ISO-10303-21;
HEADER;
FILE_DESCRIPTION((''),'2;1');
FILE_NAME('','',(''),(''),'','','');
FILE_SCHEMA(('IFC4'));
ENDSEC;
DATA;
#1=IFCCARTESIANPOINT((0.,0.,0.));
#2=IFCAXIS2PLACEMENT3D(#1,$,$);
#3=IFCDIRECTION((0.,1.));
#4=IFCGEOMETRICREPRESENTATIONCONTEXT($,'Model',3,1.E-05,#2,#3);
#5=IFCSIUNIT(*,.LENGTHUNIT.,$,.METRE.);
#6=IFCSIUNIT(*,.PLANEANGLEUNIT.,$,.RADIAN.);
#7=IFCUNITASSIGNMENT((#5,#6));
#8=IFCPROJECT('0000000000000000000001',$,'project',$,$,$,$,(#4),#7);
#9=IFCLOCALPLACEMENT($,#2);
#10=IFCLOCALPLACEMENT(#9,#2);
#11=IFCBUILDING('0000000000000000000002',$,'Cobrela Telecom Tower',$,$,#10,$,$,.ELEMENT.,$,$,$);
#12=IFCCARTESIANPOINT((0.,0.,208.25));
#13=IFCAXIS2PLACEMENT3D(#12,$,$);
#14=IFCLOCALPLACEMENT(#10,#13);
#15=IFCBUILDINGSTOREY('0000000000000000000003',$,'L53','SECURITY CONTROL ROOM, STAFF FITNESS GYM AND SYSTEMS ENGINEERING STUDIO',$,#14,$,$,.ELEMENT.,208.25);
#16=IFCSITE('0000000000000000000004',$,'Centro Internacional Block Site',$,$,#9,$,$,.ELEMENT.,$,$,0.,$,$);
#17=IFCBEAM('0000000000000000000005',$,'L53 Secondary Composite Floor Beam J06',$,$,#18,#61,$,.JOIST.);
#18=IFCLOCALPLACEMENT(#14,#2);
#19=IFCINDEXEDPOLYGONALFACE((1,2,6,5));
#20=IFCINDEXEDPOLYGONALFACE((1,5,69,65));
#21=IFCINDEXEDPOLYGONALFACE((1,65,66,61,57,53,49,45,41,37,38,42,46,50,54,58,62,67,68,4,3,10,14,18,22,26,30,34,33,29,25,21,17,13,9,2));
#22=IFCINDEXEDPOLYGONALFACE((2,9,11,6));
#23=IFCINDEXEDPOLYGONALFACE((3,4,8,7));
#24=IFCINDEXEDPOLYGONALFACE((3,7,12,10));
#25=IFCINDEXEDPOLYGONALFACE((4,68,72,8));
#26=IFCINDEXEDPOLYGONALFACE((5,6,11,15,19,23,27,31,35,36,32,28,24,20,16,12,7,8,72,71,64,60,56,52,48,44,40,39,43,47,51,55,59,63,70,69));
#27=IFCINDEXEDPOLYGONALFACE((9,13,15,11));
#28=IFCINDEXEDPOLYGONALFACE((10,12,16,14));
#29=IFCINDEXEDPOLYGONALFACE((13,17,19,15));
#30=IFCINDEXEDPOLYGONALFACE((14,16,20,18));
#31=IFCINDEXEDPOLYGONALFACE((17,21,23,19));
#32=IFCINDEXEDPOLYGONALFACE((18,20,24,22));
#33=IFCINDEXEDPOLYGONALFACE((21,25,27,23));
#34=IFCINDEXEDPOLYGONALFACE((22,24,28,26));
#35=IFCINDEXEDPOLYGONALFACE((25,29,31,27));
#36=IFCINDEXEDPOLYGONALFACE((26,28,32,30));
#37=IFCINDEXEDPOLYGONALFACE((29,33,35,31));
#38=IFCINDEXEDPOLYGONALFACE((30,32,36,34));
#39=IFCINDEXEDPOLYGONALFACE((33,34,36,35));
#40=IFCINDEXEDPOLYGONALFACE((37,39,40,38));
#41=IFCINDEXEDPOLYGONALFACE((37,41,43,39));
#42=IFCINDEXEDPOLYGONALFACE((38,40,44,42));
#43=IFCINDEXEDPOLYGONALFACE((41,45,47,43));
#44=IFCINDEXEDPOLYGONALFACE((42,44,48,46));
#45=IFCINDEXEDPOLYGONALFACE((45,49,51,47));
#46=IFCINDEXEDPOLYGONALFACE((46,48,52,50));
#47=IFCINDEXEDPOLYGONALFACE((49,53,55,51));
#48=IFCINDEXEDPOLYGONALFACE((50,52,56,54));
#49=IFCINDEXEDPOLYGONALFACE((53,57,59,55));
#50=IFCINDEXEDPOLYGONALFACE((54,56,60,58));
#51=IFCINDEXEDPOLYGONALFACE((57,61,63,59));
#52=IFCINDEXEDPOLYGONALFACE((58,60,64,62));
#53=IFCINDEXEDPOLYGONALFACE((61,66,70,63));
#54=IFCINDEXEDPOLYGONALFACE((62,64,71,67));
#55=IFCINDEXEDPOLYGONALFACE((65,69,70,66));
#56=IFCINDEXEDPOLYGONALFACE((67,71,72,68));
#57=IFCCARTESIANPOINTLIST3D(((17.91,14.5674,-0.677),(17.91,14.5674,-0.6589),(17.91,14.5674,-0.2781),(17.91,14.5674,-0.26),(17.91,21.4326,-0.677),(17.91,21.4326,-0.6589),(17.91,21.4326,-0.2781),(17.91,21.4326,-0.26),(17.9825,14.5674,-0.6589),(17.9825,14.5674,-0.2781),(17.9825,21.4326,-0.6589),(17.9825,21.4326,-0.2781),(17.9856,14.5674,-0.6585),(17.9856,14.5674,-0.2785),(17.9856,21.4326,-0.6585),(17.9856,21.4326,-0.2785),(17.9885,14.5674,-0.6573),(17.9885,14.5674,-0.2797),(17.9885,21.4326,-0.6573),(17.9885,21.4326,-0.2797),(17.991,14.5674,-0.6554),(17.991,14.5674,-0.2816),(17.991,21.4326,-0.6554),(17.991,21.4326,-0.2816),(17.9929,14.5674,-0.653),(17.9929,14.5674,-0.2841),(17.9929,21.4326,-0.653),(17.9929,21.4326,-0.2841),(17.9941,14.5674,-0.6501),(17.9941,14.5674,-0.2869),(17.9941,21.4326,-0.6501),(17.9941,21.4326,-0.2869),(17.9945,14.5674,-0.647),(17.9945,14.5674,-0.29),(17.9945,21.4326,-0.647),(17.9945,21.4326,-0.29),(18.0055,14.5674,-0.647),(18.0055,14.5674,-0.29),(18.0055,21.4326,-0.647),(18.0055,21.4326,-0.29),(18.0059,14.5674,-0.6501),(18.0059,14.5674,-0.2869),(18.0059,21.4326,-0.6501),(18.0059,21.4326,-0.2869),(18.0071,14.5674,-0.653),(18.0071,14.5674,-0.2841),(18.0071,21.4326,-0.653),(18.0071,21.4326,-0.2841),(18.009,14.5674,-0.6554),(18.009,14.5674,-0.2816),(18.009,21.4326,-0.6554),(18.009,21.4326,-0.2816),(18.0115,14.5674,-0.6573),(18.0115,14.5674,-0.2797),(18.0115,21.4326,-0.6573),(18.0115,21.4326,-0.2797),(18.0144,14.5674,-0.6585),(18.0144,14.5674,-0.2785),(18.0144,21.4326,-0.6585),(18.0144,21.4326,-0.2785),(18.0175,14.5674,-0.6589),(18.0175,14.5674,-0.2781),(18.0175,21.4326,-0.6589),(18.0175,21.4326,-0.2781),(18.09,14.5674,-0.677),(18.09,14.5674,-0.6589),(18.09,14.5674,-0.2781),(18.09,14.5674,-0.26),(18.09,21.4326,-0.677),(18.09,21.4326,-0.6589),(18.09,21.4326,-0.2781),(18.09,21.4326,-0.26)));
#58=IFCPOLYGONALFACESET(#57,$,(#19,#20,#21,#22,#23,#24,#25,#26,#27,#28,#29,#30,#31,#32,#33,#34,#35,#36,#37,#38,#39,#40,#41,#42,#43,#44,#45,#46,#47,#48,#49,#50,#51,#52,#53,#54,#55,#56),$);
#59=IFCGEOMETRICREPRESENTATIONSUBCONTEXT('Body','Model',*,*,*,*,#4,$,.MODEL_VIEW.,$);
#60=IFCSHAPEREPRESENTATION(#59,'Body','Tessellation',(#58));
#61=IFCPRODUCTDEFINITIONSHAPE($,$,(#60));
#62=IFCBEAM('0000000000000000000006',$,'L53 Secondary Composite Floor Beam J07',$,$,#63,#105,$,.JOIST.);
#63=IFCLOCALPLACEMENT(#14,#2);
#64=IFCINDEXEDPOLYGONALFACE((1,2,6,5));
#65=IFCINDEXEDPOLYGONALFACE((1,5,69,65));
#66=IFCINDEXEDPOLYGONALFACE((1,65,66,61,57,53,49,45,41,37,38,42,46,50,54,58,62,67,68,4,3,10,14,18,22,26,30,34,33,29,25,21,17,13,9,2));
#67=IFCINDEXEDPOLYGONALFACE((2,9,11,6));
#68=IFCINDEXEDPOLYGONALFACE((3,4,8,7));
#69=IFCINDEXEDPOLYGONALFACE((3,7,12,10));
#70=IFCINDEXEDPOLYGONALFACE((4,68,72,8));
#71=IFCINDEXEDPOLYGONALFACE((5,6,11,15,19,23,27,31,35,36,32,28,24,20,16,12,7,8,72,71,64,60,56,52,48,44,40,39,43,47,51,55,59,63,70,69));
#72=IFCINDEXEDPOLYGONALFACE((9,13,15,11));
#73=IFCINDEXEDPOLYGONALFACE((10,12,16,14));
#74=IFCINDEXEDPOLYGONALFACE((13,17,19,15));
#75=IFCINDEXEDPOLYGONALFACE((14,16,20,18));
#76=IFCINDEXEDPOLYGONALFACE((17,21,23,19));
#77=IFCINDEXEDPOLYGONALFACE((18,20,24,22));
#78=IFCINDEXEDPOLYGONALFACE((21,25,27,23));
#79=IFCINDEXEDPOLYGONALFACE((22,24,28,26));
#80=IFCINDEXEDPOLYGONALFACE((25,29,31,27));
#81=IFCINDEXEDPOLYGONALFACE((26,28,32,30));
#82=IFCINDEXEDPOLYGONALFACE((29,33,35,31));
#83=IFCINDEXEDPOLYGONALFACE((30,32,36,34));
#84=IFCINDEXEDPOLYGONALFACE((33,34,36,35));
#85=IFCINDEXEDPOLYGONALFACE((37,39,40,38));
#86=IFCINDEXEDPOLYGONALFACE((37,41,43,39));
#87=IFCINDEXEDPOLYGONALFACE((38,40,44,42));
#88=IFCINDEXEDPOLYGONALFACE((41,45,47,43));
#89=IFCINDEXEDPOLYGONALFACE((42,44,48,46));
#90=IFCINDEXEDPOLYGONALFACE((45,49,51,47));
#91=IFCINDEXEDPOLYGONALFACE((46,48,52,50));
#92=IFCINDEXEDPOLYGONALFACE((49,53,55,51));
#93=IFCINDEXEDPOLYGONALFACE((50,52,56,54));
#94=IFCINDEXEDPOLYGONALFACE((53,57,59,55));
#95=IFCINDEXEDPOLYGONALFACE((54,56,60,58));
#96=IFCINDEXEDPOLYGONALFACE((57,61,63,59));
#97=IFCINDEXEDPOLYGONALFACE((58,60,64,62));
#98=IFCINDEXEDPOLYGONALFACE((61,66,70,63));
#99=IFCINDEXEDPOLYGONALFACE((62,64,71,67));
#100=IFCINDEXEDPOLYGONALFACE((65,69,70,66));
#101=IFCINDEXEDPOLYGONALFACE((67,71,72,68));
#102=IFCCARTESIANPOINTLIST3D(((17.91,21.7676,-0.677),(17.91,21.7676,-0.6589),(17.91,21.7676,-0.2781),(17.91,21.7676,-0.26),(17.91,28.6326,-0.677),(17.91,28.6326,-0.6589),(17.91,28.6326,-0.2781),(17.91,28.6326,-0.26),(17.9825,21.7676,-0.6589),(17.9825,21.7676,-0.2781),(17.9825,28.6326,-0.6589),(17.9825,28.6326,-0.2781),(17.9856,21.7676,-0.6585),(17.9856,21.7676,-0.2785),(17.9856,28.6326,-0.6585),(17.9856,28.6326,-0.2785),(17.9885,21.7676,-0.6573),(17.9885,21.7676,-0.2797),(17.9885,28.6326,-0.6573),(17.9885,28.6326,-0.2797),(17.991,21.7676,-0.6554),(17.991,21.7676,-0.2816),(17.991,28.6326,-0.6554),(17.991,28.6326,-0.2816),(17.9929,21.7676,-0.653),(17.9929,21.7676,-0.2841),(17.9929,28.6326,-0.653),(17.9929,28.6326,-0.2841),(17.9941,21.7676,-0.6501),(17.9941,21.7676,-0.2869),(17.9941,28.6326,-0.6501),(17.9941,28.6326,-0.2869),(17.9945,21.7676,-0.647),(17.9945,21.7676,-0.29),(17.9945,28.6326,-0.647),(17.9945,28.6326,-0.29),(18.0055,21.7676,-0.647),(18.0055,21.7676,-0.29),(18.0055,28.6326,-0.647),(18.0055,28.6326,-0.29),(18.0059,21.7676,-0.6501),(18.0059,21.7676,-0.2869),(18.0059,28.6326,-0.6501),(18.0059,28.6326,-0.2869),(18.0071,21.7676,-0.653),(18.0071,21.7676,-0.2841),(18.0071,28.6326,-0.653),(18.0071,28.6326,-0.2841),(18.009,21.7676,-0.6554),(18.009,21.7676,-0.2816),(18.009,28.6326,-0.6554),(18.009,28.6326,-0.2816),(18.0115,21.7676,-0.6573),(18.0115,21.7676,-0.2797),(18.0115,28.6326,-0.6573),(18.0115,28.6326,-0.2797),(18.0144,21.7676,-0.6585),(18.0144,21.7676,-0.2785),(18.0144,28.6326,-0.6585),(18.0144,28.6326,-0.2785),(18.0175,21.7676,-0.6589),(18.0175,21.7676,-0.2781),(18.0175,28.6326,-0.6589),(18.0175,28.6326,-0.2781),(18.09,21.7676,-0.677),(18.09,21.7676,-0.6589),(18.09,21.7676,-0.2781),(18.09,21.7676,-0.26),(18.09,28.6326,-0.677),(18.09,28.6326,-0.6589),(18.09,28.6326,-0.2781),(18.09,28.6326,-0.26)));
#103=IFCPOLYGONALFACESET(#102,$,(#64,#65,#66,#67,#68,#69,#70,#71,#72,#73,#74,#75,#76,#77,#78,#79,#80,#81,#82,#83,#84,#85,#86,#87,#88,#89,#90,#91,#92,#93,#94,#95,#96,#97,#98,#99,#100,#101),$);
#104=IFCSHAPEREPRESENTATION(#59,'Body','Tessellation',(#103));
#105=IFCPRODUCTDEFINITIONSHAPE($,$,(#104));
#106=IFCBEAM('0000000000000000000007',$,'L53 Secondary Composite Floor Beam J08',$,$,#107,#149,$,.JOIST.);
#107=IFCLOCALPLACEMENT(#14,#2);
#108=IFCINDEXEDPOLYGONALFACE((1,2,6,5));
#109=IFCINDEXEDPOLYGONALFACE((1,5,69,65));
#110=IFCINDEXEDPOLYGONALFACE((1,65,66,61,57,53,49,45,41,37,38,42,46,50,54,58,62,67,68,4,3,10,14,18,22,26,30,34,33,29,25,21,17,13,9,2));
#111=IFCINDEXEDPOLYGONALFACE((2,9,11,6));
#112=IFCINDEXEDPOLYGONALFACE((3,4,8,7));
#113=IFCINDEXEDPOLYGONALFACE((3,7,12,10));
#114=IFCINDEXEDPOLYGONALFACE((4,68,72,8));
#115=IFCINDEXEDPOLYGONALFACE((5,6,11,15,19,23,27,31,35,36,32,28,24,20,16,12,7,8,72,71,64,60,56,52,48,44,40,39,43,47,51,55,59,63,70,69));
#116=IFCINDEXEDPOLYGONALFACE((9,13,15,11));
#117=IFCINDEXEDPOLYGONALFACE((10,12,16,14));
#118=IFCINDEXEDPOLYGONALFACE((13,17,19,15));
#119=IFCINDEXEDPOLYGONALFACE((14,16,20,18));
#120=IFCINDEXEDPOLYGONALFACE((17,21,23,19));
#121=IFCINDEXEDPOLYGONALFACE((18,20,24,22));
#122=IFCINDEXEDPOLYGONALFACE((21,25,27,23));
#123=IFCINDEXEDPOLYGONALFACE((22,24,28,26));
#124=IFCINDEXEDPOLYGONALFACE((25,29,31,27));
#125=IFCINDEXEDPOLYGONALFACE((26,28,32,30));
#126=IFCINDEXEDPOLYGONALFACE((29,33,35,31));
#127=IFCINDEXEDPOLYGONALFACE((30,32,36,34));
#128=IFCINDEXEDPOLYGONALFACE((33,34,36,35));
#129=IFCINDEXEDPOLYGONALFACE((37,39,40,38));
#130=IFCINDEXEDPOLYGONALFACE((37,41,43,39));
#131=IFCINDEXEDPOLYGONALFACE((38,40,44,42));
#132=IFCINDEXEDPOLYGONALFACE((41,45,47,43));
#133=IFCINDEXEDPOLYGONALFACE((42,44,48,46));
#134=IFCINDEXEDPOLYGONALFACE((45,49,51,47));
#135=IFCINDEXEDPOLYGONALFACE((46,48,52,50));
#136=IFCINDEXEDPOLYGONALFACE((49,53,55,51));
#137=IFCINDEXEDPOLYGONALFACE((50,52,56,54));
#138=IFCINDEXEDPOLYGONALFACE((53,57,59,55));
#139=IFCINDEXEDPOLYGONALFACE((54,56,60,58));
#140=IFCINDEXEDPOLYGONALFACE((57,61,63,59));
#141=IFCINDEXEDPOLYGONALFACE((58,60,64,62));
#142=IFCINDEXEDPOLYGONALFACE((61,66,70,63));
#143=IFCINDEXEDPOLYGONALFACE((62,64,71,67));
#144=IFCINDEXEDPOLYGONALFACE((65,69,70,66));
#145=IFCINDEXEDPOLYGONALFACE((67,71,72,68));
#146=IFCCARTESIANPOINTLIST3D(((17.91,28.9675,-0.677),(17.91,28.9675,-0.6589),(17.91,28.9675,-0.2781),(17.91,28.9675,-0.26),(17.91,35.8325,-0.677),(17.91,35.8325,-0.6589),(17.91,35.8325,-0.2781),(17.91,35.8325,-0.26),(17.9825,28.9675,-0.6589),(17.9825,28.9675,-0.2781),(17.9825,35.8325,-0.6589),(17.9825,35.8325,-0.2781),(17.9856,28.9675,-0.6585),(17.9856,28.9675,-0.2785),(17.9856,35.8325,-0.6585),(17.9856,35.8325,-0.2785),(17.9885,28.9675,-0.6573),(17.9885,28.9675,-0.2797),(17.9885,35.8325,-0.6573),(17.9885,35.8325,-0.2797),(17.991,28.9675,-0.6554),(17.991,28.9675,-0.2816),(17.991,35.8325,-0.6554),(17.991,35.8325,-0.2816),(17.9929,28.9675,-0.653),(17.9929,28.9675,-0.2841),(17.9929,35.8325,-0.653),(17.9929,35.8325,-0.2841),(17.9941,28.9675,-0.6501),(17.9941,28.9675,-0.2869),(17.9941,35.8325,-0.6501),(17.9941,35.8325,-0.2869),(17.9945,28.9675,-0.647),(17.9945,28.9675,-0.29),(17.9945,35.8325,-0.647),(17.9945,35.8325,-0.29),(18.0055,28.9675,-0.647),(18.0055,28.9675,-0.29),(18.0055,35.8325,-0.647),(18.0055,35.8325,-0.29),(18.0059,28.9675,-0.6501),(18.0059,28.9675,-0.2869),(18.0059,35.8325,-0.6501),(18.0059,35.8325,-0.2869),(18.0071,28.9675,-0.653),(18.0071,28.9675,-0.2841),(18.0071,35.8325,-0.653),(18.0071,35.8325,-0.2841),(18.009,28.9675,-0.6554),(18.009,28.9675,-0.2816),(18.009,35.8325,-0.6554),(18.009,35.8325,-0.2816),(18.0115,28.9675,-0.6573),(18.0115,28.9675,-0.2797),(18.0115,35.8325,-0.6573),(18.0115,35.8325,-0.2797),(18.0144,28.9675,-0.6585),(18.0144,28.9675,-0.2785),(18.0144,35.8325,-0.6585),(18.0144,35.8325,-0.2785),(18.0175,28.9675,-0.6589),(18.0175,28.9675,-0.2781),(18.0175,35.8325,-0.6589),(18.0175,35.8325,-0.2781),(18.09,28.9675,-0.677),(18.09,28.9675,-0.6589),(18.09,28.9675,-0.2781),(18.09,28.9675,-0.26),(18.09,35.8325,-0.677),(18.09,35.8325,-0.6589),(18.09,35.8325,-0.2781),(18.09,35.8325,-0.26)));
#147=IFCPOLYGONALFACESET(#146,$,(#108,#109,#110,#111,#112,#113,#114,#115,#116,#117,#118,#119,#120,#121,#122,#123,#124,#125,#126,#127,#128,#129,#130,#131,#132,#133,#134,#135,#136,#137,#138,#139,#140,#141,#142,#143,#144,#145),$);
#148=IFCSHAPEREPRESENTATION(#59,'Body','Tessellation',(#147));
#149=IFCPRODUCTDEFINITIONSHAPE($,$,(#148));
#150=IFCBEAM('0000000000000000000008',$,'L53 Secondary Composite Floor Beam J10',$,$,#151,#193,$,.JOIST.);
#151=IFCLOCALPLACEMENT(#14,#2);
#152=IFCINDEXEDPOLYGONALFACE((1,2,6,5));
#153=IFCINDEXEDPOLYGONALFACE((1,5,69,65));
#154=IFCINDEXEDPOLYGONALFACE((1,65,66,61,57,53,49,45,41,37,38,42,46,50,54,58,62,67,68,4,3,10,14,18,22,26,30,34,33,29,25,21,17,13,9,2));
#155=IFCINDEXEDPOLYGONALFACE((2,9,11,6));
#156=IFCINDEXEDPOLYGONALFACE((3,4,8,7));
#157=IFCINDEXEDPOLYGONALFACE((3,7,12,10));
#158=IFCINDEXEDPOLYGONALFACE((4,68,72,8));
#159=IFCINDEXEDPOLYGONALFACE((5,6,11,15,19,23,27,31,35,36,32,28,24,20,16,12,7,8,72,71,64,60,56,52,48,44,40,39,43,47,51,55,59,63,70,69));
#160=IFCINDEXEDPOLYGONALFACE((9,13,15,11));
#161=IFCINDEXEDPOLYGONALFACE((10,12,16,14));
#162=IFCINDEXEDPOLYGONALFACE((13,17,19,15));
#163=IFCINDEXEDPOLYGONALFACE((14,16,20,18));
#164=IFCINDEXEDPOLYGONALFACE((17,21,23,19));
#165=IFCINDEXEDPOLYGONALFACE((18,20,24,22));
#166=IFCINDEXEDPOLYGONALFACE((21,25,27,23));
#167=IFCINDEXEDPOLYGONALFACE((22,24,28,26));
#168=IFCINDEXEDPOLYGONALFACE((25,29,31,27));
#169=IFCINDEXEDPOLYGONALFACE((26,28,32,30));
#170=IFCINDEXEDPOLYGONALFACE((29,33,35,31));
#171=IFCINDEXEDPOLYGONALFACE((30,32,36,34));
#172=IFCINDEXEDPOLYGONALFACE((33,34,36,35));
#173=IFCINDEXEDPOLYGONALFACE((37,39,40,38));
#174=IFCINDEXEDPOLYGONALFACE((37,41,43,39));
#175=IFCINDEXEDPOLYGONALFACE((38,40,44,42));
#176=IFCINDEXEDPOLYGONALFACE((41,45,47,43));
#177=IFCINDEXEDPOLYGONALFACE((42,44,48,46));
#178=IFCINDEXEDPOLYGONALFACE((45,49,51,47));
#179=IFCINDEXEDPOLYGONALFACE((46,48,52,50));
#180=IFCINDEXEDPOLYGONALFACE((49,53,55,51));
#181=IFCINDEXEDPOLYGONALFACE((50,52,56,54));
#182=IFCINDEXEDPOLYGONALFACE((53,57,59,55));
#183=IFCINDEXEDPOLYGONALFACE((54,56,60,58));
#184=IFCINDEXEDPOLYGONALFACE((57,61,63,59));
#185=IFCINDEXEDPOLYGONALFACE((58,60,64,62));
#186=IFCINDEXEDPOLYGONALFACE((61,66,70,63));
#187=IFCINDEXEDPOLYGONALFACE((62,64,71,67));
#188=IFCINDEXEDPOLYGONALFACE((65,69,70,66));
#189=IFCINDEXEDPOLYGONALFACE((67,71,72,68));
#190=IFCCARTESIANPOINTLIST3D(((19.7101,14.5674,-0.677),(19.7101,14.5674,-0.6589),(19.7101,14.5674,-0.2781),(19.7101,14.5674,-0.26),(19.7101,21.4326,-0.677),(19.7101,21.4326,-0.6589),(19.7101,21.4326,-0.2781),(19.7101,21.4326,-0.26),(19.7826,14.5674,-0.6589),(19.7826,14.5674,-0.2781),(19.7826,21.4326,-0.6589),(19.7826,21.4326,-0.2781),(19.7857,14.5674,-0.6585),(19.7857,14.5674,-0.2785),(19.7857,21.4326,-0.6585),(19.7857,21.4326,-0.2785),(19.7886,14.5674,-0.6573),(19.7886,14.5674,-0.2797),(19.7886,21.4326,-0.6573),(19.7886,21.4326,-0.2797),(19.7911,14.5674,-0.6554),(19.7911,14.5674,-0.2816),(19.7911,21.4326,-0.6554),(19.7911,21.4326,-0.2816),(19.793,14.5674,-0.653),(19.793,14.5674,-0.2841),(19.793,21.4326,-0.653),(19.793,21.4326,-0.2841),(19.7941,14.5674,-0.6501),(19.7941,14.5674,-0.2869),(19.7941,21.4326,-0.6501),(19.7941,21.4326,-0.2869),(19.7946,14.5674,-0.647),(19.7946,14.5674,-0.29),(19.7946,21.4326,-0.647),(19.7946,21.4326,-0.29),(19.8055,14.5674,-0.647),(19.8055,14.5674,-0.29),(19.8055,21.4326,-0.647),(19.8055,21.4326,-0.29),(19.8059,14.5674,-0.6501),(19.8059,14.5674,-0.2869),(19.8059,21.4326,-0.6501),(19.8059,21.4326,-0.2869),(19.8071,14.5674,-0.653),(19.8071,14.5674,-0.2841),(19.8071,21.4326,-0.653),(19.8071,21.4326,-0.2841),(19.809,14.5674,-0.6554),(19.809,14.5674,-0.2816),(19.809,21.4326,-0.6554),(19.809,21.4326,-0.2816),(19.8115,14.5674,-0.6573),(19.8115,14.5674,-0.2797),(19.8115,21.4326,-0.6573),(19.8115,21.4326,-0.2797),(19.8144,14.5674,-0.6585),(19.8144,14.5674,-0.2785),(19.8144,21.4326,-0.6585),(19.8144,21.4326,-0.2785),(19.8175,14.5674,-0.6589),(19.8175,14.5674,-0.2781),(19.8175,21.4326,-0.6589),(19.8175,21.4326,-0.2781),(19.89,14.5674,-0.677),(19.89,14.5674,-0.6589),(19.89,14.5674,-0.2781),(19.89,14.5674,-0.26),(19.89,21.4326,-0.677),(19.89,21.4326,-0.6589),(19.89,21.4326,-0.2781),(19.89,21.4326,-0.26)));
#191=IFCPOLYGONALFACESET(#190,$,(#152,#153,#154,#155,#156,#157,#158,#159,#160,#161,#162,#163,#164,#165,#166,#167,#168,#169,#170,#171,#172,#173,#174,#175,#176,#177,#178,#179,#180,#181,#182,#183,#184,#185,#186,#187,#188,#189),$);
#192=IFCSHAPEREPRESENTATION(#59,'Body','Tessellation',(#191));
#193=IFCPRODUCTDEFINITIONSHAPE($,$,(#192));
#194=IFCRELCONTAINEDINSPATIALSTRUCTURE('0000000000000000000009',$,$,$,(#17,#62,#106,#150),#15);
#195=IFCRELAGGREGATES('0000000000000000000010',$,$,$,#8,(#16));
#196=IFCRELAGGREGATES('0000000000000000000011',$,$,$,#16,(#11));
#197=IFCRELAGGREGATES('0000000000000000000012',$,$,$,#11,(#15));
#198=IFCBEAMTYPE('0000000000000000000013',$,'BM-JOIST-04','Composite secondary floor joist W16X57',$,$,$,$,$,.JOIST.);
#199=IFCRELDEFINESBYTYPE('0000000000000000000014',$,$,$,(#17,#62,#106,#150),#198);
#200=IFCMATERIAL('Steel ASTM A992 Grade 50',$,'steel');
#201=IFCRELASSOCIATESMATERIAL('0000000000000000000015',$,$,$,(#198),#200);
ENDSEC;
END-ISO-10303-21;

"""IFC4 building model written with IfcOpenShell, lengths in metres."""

from ifc_helpers import new_model, si_unit, direction, frame, origin, origin_2d, place, context, subcontext, project, spatial, i_section, extrude, material, material_profile, profile_set, type_object, element, save


model = new_model("IFC4")

# Units and contexts
model_context = context("Model", 3, precision=1e-05, world=origin(), true_north=direction((0.0, 1.0)))
body_context = subcontext(model_context, "Body", "Model", "MODEL_VIEW")
ifc_project = project(units=[si_unit("LENGTHUNIT", "METRE"), si_unit("PLANEANGLEUNIT", "RADIAN")], contexts=[model_context])

# Site, building, storey
site_placement = place(None, origin())
site = spatial("IfcSite", under=ifc_project, at=site_placement, Name="Centro Internacional Block Site", CompositionType="ELEMENT", RefElevation=0.0)
building_placement = place(site_placement, origin())
building = spatial("IfcBuilding", under=site, at=building_placement, Name="Cobrela Telecom Tower", CompositionType="ELEMENT")
storey_placement = place(building_placement, frame((0.0, 0.0, 208.25)))
storey = spatial("IfcBuildingStorey", under=building, at=storey_placement, Name="L53", Description="SECURITY CONTROL ROOM, STAFF FITNESS GYM AND SYSTEMS ENGINEERING STUDIO", CompositionType="ELEMENT", Elevation=208.25)

# Shared definitions
ifc_material_1 = material(Name="Steel ASTM A992 Grade 50", Category="steel")

# Beams
ifc_material_profile_1 = material_profile(ifc_material_1, i_section(OverallWidth=0.1799, OverallDepth=0.417, WebThickness=0.011, FlangeThickness=0.0181, FilletRadius=0.012, at=origin_2d()), Name="W16X57")
ifc_profile_set_1 = profile_set([ifc_material_profile_1], Name="Steel ASTM A992 Grade 50")
beam_type_1 = type_object("IfcBeamType", Name="BM-JOIST-04", Description="Composite secondary floor joist W16X57", PredefinedType="JOIST", material=ifc_profile_set_1)
beam_1_placement = place(storey_placement, frame((18.0, 14.5674, -0.4685), z_axis=(0.0, 1.0, 0.0), x_axis=(-1.0, 0.0, 0.0)))
element("IfcBeam", 1, at=beam_1_placement, inside=storey, type_object=beam_type_1, Name="L53 Secondary Composite Floor Beam J06", PredefinedType="JOIST", context=body_context, shape_type="SweptSolid", body=[
    extrude(i_section(OverallWidth=0.1799, OverallDepth=0.417, WebThickness=0.011, FlangeThickness=0.0181, FilletRadius=0.012, at=origin_2d()), origin(), (0.0, 0.0, 1.0), 6.8652),
])
for number, where, z_axis, x_axis, name in (
    (2, (18.0, 21.7676, -0.4685), (0.0, 1.0, 0.0), (-1.0, 0.0, 0.0), "L53 Secondary Composite Floor Beam J07"),
    (3, (18.0, 28.9675, -0.4685), (0.0, 1.0, 0.0), (-1.0, 0.0, 0.0), "L53 Secondary Composite Floor Beam J08"),
):
    element("IfcBeam", number, at=place(storey_placement, frame(where, z_axis=z_axis, x_axis=x_axis)), inside=storey, type_object=beam_type_1, Name=name, PredefinedType="JOIST", context=body_context, shape_type="SweptSolid", body=[
        extrude(i_section(OverallWidth=0.1799, OverallDepth=0.417, WebThickness=0.011, FlangeThickness=0.0181, FilletRadius=0.012, at=origin_2d()), origin(), (0.0, 0.0, 1.0), 6.865),
    ])
beam_2_placement = place(storey_placement, frame((19.8, 14.5674, -0.4685), z_axis=(0.0, 1.0, 0.0), x_axis=(-1.0, 0.0, 0.0)))
element("IfcBeam", 4, at=beam_2_placement, inside=storey, type_object=beam_type_1, Name="L53 Secondary Composite Floor Beam J10", PredefinedType="JOIST", context=body_context, shape_type="SweptSolid", body=[
    extrude(i_section(OverallWidth=0.1799, OverallDepth=0.417, WebThickness=0.011, FlangeThickness=0.0181, FilletRadius=0.012, at=origin_2d()), origin(), (0.0, 0.0, 1.0), 6.8652),
])

save(model, "model.ifc")
